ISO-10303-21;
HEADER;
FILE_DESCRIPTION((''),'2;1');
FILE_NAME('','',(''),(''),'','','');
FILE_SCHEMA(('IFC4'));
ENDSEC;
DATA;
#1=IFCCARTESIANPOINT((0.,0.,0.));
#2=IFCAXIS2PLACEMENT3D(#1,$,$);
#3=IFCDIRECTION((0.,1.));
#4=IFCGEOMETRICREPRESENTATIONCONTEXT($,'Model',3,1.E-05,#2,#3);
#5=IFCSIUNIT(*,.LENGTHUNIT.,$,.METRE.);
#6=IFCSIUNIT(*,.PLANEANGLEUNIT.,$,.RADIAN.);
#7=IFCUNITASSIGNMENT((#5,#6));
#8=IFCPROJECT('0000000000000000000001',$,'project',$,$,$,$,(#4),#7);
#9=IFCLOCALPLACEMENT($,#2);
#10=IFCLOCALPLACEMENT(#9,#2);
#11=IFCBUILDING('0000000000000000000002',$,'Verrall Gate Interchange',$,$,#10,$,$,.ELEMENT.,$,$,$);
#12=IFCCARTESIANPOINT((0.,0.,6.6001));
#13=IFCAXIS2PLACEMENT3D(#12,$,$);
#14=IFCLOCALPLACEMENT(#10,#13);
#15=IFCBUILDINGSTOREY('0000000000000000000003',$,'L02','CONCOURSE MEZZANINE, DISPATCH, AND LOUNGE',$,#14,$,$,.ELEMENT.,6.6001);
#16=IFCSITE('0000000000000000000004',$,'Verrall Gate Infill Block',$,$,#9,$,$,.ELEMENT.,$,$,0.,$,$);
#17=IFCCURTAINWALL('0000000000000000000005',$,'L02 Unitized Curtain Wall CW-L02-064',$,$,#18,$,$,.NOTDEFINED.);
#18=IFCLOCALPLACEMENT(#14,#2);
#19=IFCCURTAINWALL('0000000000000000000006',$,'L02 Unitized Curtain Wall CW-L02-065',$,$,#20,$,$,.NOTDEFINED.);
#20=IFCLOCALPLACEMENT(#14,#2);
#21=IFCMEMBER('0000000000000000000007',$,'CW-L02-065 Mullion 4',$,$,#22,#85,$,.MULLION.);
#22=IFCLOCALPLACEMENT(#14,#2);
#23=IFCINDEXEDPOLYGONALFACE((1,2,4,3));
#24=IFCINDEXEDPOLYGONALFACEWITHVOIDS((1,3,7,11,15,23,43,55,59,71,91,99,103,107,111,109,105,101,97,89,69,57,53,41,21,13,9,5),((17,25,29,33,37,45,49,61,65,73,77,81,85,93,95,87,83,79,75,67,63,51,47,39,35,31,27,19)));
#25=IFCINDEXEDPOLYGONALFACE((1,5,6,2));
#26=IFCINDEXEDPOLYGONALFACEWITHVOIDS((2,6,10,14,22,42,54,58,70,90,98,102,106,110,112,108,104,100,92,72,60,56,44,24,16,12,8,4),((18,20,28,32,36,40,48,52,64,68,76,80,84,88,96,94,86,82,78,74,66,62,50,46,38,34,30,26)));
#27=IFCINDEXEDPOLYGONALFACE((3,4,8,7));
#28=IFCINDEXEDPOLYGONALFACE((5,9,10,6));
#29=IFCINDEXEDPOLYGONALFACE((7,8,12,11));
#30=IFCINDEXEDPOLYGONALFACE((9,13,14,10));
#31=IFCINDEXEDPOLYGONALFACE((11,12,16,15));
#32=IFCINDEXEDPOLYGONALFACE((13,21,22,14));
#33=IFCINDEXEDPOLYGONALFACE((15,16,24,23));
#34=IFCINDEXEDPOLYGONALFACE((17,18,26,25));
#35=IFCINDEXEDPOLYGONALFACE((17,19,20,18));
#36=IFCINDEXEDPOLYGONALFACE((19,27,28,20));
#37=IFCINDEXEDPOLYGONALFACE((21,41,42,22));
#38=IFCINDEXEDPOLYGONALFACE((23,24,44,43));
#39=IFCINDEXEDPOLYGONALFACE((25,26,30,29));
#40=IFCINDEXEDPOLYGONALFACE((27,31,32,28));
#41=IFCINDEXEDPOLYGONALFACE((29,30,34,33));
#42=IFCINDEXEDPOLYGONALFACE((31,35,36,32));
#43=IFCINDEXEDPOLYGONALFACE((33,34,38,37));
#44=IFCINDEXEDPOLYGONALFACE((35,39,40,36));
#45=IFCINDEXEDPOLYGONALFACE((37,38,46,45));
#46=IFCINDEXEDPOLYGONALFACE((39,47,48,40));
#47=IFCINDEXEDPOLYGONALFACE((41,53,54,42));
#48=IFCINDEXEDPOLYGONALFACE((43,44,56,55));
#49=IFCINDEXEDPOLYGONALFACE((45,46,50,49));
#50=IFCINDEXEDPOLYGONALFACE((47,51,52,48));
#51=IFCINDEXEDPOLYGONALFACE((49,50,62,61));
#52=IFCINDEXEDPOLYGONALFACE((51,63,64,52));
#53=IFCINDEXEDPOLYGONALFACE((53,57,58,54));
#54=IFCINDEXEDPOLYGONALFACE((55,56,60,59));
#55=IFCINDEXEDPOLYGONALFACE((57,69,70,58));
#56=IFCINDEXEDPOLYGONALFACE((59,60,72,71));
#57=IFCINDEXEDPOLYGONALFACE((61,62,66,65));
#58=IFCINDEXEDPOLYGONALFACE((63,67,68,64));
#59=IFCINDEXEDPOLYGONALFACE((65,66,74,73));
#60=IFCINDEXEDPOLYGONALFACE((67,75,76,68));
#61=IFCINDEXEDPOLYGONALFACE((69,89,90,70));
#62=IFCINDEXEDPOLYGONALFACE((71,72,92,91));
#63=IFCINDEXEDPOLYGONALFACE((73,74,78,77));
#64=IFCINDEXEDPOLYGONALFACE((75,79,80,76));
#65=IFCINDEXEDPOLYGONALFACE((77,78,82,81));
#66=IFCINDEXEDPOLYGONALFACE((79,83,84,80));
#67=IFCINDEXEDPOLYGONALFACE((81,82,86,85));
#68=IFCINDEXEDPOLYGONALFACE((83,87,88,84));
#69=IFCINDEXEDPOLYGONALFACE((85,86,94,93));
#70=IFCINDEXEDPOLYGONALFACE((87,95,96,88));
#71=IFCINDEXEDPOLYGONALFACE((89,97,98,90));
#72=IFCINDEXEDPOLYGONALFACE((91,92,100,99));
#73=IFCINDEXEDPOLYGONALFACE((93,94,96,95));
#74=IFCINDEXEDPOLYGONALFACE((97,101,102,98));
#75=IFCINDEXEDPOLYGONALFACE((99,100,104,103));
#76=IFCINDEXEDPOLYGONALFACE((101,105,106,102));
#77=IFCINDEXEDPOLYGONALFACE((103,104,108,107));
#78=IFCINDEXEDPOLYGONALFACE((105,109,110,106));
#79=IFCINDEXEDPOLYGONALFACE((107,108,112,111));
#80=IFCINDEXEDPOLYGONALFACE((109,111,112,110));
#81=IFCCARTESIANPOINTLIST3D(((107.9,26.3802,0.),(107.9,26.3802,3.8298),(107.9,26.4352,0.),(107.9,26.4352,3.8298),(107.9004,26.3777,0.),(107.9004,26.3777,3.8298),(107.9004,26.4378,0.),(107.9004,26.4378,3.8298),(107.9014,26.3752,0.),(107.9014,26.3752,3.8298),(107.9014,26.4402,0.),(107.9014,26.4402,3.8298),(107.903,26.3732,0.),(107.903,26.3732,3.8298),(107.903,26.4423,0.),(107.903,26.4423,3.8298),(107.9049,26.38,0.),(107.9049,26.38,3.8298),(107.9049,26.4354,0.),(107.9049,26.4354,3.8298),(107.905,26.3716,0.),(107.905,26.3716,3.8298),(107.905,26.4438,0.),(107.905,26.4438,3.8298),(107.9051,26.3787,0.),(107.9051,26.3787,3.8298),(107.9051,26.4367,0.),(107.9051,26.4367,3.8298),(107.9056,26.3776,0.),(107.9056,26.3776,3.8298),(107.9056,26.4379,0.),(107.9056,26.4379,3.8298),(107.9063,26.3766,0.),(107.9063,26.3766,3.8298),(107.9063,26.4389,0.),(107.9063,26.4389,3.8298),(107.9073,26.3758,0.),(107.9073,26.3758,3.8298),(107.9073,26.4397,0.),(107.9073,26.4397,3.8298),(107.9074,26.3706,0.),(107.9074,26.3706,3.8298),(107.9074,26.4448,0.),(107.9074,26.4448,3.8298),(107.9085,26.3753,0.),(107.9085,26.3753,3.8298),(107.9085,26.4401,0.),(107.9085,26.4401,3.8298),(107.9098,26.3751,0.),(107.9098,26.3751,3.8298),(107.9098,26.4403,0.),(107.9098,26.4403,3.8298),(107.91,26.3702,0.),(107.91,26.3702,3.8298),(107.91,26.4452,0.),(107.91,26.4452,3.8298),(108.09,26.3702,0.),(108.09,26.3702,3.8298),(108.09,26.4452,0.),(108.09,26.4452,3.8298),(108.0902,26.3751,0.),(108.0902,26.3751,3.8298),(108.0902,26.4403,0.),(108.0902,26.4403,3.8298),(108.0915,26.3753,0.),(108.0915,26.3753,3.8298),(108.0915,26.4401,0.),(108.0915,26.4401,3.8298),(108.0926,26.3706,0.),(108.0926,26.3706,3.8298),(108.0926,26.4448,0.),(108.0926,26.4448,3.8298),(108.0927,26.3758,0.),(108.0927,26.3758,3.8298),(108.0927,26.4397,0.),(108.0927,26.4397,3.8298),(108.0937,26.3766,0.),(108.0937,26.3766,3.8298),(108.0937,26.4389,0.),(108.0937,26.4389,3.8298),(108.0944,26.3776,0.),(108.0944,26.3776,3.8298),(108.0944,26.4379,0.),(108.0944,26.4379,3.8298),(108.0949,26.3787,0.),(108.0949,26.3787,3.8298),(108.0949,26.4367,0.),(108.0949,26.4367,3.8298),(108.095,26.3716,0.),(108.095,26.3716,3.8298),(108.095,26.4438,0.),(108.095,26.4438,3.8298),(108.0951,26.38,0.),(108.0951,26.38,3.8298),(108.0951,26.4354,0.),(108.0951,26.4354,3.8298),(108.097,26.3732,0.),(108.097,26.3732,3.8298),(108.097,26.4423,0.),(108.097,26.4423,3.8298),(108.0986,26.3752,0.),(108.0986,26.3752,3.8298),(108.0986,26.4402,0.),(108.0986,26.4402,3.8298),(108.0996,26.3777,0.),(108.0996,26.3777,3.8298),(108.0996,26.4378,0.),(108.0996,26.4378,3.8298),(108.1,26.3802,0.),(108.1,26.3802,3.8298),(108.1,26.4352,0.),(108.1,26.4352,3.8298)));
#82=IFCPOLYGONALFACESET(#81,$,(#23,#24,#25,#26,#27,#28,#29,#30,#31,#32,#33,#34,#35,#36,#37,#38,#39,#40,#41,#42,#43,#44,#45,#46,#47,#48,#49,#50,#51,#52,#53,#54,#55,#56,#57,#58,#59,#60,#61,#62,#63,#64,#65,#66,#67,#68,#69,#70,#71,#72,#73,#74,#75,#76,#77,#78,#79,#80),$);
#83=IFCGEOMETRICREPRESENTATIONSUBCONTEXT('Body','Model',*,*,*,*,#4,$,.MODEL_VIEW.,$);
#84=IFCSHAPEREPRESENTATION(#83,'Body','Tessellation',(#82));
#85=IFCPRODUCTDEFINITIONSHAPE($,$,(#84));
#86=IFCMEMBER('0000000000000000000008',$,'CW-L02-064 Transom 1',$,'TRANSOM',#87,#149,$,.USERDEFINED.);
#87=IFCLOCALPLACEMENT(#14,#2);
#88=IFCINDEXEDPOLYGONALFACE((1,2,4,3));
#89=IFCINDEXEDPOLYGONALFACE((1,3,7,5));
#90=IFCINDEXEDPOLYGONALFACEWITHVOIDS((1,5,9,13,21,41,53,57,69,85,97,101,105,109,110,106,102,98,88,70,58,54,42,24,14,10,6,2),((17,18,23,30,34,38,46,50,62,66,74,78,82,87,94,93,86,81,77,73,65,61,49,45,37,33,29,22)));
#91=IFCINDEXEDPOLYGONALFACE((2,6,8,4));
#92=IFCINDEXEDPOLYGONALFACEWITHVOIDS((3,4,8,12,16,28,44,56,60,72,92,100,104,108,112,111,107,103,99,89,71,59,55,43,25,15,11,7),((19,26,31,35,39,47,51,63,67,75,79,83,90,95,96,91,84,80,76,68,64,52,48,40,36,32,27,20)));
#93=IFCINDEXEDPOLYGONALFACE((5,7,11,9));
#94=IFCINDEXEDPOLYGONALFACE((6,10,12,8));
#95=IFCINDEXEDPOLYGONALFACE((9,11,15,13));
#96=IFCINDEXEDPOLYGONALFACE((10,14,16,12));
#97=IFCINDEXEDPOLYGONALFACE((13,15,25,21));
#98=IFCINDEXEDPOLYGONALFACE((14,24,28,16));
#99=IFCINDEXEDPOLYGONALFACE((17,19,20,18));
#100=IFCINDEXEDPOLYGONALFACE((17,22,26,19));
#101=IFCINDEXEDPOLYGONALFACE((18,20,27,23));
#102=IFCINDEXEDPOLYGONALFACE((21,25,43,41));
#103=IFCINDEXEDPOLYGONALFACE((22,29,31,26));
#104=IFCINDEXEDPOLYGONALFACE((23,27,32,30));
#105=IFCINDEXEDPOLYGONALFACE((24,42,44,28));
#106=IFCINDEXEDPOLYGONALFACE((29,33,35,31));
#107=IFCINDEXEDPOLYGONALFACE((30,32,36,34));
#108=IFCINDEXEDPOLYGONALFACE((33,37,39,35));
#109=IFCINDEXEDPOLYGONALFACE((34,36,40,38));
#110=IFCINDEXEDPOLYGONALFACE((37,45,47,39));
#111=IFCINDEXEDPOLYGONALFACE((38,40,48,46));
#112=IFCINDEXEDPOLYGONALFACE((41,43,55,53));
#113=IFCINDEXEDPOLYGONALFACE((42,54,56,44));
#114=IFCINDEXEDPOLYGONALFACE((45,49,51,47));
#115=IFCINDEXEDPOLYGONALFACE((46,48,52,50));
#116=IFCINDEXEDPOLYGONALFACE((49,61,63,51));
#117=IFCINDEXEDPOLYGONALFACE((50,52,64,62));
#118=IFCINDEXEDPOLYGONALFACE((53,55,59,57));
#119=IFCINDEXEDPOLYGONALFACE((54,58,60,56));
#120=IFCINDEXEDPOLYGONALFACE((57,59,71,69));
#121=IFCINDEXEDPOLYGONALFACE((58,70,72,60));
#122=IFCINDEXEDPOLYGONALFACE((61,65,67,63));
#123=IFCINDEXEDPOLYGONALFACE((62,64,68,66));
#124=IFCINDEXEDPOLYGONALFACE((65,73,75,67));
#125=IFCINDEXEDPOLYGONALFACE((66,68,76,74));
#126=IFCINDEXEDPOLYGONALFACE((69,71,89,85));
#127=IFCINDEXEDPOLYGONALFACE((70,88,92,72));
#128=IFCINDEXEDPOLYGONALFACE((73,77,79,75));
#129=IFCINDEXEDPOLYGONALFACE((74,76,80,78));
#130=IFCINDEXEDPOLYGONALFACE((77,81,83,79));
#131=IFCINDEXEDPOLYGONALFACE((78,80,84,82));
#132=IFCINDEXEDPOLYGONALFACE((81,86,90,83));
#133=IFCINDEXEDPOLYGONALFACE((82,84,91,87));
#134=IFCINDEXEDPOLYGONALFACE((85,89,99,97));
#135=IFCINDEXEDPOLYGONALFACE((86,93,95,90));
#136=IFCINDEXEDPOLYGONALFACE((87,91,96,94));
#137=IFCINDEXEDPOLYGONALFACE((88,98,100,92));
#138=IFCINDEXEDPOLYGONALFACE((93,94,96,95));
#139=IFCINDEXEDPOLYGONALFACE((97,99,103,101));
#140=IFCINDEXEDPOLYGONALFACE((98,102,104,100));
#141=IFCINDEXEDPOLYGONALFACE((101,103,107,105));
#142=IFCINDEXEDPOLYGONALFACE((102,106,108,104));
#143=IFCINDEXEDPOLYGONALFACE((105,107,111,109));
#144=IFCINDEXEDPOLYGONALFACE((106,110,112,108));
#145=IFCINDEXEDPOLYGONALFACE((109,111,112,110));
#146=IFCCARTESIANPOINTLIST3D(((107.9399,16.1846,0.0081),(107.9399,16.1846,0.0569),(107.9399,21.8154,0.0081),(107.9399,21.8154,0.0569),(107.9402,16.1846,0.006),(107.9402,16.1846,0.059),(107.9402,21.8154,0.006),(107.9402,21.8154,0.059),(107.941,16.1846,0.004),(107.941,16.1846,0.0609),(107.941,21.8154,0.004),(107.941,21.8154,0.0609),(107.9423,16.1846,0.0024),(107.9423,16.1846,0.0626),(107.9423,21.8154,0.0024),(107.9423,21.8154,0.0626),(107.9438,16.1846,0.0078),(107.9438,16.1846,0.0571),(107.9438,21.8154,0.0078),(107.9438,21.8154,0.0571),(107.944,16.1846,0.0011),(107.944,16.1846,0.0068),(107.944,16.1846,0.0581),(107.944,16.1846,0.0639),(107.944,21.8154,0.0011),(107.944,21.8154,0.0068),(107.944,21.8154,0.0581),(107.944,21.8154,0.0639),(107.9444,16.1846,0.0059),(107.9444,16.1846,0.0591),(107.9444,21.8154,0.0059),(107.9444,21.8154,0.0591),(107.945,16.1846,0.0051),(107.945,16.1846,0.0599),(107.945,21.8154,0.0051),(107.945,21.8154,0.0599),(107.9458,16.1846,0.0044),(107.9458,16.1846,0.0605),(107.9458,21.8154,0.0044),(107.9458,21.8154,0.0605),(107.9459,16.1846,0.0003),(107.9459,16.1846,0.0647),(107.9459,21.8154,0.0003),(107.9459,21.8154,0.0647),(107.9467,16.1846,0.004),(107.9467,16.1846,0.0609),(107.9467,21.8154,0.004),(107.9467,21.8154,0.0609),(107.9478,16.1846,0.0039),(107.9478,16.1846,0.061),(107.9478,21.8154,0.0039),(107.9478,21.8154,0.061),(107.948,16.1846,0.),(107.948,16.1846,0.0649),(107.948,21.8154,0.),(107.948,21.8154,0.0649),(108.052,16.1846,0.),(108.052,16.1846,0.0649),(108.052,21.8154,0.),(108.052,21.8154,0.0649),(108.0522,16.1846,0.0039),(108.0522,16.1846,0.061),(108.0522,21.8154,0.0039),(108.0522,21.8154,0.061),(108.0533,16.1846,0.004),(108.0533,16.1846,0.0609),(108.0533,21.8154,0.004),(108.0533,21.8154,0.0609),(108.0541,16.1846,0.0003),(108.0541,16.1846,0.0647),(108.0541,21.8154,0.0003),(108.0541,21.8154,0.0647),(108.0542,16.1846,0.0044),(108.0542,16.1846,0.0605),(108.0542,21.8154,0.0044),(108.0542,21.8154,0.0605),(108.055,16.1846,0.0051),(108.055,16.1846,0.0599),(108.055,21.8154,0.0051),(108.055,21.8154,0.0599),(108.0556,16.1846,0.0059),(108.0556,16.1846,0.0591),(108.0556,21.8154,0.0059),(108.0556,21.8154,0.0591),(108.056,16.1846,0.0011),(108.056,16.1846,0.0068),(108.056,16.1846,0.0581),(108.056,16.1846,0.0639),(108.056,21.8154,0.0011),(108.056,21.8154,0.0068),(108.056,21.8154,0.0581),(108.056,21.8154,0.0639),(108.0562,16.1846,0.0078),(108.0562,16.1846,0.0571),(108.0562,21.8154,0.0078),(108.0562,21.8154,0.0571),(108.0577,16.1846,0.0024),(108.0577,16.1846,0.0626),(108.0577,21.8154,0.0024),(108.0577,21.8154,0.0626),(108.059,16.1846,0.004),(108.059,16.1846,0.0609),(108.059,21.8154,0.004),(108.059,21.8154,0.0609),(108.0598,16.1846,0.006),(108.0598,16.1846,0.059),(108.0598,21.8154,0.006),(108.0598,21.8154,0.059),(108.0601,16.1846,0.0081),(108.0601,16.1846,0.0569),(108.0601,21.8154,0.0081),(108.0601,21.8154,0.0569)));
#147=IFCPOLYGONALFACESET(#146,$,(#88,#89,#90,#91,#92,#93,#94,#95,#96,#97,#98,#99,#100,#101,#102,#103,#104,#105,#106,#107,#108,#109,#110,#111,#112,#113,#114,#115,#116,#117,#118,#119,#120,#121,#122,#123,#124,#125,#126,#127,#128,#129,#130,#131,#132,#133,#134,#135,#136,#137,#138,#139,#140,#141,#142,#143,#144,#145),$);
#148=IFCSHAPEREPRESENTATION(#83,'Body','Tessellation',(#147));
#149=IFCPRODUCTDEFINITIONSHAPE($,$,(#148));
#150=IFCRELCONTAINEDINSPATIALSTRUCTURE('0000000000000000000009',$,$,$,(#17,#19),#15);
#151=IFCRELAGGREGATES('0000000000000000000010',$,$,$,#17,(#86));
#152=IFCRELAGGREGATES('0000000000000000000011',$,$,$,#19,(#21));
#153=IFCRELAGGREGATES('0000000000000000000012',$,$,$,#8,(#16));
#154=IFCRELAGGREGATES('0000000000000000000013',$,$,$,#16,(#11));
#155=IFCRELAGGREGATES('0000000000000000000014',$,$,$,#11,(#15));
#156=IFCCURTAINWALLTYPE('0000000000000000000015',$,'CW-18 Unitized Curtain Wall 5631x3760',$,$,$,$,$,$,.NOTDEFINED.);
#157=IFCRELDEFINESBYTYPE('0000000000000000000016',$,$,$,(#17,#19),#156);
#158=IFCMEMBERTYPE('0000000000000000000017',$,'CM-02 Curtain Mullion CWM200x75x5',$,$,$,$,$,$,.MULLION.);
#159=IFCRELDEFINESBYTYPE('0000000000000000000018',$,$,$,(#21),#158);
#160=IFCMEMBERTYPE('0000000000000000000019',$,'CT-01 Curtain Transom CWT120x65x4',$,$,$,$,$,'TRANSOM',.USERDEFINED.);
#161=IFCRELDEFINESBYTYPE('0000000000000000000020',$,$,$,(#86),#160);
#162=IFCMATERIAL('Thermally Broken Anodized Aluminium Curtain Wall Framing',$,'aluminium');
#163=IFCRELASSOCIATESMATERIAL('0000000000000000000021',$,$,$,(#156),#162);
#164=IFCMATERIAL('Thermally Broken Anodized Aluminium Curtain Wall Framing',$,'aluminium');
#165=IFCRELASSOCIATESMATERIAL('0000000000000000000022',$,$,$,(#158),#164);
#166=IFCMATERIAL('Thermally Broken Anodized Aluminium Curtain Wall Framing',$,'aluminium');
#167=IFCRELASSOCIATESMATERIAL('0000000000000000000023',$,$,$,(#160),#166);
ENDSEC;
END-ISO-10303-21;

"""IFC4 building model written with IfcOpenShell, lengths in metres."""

from ifc_helpers import new_model, si_unit, direction, frame, origin, origin_2d, place, context, subcontext, project, spatial, hollow_rectangle, extrude, material, material_profile, profile_set, type_object, element, aggregate, save


model = new_model("IFC4")

# Units and contexts
model_context = context("Model", 3, precision=1e-05, world=origin(), true_north=direction((0.0, 1.0)))
body_context = subcontext(model_context, "Body", "Model", "MODEL_VIEW")
ifc_project = project(units=[si_unit("LENGTHUNIT", "METRE"), si_unit("PLANEANGLEUNIT", "RADIAN")], contexts=[model_context])

# Site, building, storey
site_placement = place(None, origin())
site = spatial("IfcSite", under=ifc_project, at=site_placement, Name="Verrall Gate Infill Block", CompositionType="ELEMENT", RefElevation=0.0)
building_placement = place(site_placement, origin())
building = spatial("IfcBuilding", under=site, at=building_placement, Name="Verrall Gate Interchange", CompositionType="ELEMENT")
storey_placement = place(building_placement, frame((0.0, 0.0, 6.6001)))
storey = spatial("IfcBuildingStorey", under=building, at=storey_placement, Name="L02", Description="CONCOURSE MEZZANINE, DISPATCH, AND LOUNGE", CompositionType="ELEMENT", Elevation=6.6001)

# Curtain walls, member
ifc_material_1 = material(Name="Thermally Broken Anodized Aluminium Curtain Wall Framing", Category="aluminium")
curtain_wall_type = type_object("IfcCurtainWallType", Name="CW-18 Unitized Curtain Wall 5631x3760", PredefinedType="NOTDEFINED", material=ifc_material_1)
curtain_wall_1_placement = place(storey_placement, origin())
curtain_wall_1 = element("IfcCurtainWall", 1, at=curtain_wall_1_placement, inside=storey, type_object=curtain_wall_type, Name="L02 Unitized Curtain Wall CW-L02-064", PredefinedType="NOTDEFINED")
curtain_wall_2_placement = place(storey_placement, origin())
curtain_wall_2 = element("IfcCurtainWall", 2, at=curtain_wall_2_placement, inside=storey, type_object=curtain_wall_type, Name="L02 Unitized Curtain Wall CW-L02-065", PredefinedType="NOTDEFINED")
ifc_material_2 = material(Name="Thermally Broken Anodized Aluminium Curtain Wall Framing", Category="aluminium")
ifc_material_profile_1 = material_profile(ifc_material_2, hollow_rectangle(XDim=0.075, YDim=0.2, WallThickness=0.0049, InnerFilletRadius=0.0049, OuterFilletRadius=0.01, at=origin_2d()), Name="CWM200x75x5")
ifc_profile_set_1 = profile_set([ifc_material_profile_1], Name="Thermally Broken Anodized Aluminium Curtain Wall Framing")
member_type_1 = type_object("IfcMemberType", Name="CM-02 Curtain Mullion CWM200x75x5", PredefinedType="MULLION", material=ifc_profile_set_1)
member_1_placement = place(storey_placement, frame((108.0, 26.4077, 0.0), z_axis=(0.0, 0.0, 1.0), x_axis=(0.0, 1.0, 0.0)))
member_1 = element("IfcMember", 3, at=member_1_placement, type_object=member_type_1, Name="CW-L02-065 Mullion 4", PredefinedType="MULLION", context=body_context, shape_type="SweptSolid", body=[
    extrude(hollow_rectangle(XDim=0.075, YDim=0.2, WallThickness=0.0049, InnerFilletRadius=0.0049, OuterFilletRadius=0.01, at=origin_2d()), origin(), (0.0, 0.0, 1.0), 3.8298),
])

# Member
ifc_material_3 = material(Name="Thermally Broken Anodized Aluminium Curtain Wall Framing", Category="aluminium")
ifc_material_profile_2 = material_profile(ifc_material_3, hollow_rectangle(XDim=0.1201, YDim=0.0649, WallThickness=0.0039, InnerFilletRadius=0.0039, OuterFilletRadius=0.0081, at=origin_2d()), Name="CWT120x65x4")
ifc_profile_set_2 = profile_set([ifc_material_profile_2], Name="Thermally Broken Anodized Aluminium Curtain Wall Framing")
member_type_2 = type_object("IfcMemberType", Name="CT-01 Curtain Transom CWT120x65x4", ElementType="TRANSOM", PredefinedType="USERDEFINED", material=ifc_profile_set_2)
member_2_placement = place(storey_placement, frame((108.0, 16.1846, 0.0325), z_axis=(0.0, 1.0, 0.0), x_axis=(-1.0, 0.0, 0.0)))
member_2 = element("IfcMember", 4, at=member_2_placement, type_object=member_type_2, Name="CW-L02-064 Transom 1", ObjectType="TRANSOM", PredefinedType="USERDEFINED", context=body_context, shape_type="SweptSolid", body=[
    extrude(hollow_rectangle(XDim=0.1201, YDim=0.0649, WallThickness=0.0039, InnerFilletRadius=0.0039, OuterFilletRadius=0.0081, at=origin_2d()), origin(), (0.0, 0.0, 1.0), 5.6309),
])

aggregate(curtain_wall_1, [member_2])
aggregate(curtain_wall_2, [member_1])

save(model, "model.ifc")
